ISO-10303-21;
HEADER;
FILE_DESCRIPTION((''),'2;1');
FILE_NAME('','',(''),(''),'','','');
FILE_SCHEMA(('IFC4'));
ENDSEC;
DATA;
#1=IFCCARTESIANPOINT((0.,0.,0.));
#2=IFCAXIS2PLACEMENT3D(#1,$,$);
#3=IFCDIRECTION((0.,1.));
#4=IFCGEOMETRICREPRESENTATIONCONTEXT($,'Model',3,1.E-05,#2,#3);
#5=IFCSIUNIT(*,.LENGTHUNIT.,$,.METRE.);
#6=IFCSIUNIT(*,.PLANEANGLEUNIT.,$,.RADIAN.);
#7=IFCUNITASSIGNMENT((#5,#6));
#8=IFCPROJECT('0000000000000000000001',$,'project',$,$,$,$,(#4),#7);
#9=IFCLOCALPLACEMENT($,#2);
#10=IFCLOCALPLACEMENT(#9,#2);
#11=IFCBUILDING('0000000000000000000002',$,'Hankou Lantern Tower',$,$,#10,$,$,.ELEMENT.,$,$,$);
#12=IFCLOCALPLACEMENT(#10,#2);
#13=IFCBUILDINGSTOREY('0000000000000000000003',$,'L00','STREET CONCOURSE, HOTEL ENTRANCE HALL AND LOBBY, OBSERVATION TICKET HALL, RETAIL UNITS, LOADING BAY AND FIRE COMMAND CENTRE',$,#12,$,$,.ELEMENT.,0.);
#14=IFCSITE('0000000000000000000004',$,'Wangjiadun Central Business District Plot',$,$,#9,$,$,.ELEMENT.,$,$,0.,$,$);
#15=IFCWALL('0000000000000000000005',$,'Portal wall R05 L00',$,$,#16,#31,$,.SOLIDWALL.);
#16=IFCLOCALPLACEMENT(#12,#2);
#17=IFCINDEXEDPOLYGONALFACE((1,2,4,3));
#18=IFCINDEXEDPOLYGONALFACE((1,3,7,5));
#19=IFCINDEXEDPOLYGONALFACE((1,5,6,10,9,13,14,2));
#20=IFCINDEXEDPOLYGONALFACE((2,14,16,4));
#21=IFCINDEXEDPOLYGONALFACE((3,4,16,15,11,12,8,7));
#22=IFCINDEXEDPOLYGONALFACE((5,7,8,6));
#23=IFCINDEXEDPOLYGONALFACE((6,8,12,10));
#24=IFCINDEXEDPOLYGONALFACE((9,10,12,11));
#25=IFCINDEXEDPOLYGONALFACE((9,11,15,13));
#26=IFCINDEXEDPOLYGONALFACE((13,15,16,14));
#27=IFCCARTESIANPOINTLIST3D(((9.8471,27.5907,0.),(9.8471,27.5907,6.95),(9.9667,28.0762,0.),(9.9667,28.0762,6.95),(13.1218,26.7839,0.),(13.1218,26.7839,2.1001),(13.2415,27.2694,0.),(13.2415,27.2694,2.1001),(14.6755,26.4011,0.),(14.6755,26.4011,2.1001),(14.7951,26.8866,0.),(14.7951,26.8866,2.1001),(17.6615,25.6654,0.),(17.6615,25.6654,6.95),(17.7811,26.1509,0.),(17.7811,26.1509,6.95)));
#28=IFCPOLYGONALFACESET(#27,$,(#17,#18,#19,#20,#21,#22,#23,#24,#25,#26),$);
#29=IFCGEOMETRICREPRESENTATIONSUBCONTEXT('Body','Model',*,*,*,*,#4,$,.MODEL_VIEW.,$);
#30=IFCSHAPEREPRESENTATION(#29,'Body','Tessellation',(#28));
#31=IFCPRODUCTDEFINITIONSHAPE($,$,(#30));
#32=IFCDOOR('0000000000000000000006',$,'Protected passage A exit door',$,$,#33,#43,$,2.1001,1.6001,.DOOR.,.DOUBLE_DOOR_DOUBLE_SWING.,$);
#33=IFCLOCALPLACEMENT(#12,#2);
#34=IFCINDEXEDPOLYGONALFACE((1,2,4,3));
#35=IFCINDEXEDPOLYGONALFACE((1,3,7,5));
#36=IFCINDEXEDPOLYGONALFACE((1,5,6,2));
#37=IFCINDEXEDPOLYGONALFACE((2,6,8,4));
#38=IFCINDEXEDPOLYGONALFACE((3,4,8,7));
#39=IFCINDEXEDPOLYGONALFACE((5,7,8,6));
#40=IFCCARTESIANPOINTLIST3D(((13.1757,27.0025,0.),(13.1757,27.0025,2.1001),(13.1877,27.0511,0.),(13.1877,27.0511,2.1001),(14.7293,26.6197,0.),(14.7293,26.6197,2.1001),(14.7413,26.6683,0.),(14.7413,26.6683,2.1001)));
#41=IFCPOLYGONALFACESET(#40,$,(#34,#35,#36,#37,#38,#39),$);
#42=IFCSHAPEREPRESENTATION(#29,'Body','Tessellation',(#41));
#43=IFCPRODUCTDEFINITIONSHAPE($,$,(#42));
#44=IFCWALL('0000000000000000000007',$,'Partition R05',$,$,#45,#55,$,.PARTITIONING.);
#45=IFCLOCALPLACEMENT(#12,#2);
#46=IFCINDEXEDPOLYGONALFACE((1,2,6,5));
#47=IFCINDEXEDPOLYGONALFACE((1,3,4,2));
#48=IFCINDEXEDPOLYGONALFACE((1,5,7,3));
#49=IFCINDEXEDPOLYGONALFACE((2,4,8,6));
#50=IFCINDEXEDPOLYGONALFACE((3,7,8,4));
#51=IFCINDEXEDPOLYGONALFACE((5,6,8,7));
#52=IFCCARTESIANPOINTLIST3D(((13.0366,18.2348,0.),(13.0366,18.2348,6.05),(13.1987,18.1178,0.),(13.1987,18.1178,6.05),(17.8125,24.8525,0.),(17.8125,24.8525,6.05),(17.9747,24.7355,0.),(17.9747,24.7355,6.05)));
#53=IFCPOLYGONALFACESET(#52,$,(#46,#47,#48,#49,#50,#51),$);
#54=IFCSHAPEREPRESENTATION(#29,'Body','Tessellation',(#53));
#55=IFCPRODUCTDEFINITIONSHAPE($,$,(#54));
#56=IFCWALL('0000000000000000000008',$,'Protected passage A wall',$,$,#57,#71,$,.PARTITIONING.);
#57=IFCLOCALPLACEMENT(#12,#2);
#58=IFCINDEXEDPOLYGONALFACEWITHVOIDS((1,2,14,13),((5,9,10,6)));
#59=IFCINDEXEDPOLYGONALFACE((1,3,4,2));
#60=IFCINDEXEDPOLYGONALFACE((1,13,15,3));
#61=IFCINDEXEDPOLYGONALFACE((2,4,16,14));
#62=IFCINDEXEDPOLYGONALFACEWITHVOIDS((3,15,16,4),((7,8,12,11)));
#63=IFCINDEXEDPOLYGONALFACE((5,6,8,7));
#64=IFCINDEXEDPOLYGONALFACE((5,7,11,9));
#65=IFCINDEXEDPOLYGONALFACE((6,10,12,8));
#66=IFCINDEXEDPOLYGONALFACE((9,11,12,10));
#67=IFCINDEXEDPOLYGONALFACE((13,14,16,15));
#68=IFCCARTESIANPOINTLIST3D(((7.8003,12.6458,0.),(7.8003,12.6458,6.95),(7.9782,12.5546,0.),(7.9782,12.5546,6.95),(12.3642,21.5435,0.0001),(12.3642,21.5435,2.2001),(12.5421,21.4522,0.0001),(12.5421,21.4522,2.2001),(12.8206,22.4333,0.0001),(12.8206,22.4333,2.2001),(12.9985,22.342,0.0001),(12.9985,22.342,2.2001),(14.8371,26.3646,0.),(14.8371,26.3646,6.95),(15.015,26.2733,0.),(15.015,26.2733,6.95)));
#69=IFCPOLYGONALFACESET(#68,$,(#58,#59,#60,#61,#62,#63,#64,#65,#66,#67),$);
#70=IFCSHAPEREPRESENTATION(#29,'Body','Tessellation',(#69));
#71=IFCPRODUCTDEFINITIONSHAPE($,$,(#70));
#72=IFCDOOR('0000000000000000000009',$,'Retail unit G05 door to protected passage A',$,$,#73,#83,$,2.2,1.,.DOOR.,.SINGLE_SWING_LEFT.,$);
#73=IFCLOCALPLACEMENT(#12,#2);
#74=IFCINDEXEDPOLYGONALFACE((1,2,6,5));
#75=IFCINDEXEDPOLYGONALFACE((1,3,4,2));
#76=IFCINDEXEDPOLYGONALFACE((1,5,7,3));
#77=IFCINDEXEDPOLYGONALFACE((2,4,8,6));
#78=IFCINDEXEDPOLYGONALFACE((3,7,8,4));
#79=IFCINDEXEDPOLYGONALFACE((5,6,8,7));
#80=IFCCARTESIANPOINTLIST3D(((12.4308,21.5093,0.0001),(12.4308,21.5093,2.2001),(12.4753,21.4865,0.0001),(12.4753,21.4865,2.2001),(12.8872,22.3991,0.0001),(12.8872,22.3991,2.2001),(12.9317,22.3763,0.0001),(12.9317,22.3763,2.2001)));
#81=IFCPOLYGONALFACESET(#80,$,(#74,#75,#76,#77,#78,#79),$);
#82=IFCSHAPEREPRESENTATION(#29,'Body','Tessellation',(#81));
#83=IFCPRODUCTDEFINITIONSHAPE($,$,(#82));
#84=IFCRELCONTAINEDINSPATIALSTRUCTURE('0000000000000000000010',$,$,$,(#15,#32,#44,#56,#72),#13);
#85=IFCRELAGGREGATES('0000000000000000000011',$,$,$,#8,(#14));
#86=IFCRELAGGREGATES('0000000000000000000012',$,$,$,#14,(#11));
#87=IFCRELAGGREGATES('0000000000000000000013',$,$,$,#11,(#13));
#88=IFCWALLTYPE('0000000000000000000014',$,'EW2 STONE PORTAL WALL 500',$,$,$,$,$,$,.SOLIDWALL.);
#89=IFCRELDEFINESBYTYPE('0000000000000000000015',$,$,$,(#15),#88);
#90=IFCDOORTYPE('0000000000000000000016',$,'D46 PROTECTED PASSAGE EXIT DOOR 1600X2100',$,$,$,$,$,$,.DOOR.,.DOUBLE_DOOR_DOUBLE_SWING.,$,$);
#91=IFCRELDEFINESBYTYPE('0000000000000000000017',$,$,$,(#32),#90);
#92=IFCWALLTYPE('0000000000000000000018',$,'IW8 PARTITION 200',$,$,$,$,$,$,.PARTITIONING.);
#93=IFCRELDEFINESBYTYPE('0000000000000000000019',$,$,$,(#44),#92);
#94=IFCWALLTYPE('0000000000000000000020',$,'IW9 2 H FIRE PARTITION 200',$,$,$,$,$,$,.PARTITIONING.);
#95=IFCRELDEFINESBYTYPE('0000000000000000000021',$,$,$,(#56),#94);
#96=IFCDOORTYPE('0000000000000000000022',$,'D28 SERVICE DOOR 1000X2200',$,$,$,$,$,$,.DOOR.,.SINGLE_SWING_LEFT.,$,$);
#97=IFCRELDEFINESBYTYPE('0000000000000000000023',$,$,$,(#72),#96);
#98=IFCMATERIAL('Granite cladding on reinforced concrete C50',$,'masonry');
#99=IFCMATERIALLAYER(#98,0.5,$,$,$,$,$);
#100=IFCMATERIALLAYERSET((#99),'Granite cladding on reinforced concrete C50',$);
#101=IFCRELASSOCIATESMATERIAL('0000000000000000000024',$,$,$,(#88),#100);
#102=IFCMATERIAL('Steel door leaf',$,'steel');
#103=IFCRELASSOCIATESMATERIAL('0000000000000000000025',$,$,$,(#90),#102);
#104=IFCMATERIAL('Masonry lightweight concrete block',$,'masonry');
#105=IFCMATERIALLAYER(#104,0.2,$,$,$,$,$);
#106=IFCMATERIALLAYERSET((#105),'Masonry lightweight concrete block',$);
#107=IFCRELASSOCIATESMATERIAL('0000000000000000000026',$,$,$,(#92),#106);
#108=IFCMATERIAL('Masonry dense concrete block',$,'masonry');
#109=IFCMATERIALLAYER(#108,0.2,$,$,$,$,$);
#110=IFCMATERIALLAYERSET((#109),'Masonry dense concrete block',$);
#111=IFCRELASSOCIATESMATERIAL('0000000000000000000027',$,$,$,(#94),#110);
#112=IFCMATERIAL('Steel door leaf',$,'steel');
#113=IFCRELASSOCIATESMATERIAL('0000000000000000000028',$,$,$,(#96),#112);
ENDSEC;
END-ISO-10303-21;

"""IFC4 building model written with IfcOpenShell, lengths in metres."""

from ifc_helpers import new_model, si_unit, direction, frame, frame_2d, origin, place, context, subcontext, project, spatial, rectangle, extrude, material, layer, layer_set, type_object, element, fill, save


model = new_model("IFC4")

# Units and contexts
model_context = context("Model", 3, precision=1e-05, world=origin(), true_north=direction((0.0, 1.0)))
body_context = subcontext(model_context, "Body", "Model", "MODEL_VIEW")
ifc_project = project(units=[si_unit("LENGTHUNIT", "METRE"), si_unit("PLANEANGLEUNIT", "RADIAN")], contexts=[model_context])

# Site, building, storey
site_placement = place(None, origin())
site = spatial("IfcSite", under=ifc_project, at=site_placement, Name="Wangjiadun Central Business District Plot", CompositionType="ELEMENT", RefElevation=0.0)
building_placement = place(site_placement, origin())
building = spatial("IfcBuilding", under=site, at=building_placement, Name="Hankou Lantern Tower", CompositionType="ELEMENT")
storey_placement = place(building_placement, origin())
storey = spatial("IfcBuildingStorey", under=building, at=storey_placement, Name="L00", Description="STREET CONCOURSE, HOTEL ENTRANCE HALL AND LOBBY, OBSERVATION TICKET HALL, RETAIL UNITS, LOADING BAY AND FIRE COMMAND CENTRE", CompositionType="ELEMENT", Elevation=0.0)

# Wall, opening, door
ifc_material_1 = material(Name="Granite cladding on reinforced concrete C50", Category="masonry")
ifc_layer_1 = layer(ifc_material_1, 0.5)
ifc_layer_set_1 = layer_set([ifc_layer_1], Name="Granite cladding on reinforced concrete C50")
wall_type_1 = type_object("IfcWallType", Name="EW2 STONE PORTAL WALL 500", PredefinedType="SOLIDWALL", material=ifc_layer_set_1)
wall_1_placement = place(storey_placement, frame((17.7212, 25.9082, 0.0), z_axis=(0.0, 0.0, 1.0), x_axis=(-0.970965, 0.239222, 0.0)))
wall_1 = element("IfcWall", 1, at=wall_1_placement, inside=storey, type_object=wall_type_1, Name="Portal wall R05 L00", PredefinedType="SOLIDWALL", context=body_context, shape_type="SweptSolid", body=[
    extrude(rectangle(XDim=8.0481, YDim=0.5, at=frame_2d((4.0239, 0.0))), origin(), (0.0, 0.0, 1.0), 6.95),
])
opening_1_placement = place(wall_1_placement, frame((3.0752, 0.0, 0.0)))
opening_1 = element("IfcOpeningElement", 2, at=opening_1_placement, cuts=wall_1, PredefinedType="OPENING", context=body_context, shape_type="SweptSolid", body=[
    extrude(rectangle(XDim=1.6001, YDim=2.1001, at=frame_2d((0.8, 1.05))), frame((0.0, 0.26, 0.0), z_axis=(0.0, -1.0, 0.0), x_axis=(1.0, 0.0, 0.0)), (0.0, 0.0, 1.0), 0.52),
])
ifc_material_2 = material(Name="Steel door leaf", Category="steel")
door_type_1 = type_object("IfcDoorType", Name="D46 PROTECTED PASSAGE EXIT DOOR 1600X2100", OperationType="DOUBLE_DOOR_DOUBLE_SWING", PredefinedType="DOOR", material=ifc_material_2)
door_1_placement = place(opening_1_placement, origin())
door_1 = element("IfcDoor", 3, at=door_1_placement, inside=storey, type_object=door_type_1, Name="Protected passage A exit door", OperationType="DOUBLE_DOOR_DOUBLE_SWING", OverallHeight=2.1001, OverallWidth=1.6001, PredefinedType="DOOR", context=body_context, shape_type="SweptSolid", body=[
    extrude(rectangle(XDim=1.6001, YDim=2.1001, at=frame_2d((0.8, 1.05))), frame((0.0, 0.0249, 0.0), z_axis=(0.0, -1.0, 0.0), x_axis=(1.0, 0.0, 0.0)), (0.0, 0.0, 1.0), 0.05),
])
fill(opening_1, door_1)

# Wall
ifc_material_3 = material(Name="Masonry lightweight concrete block", Category="masonry")
ifc_layer_2 = layer(ifc_material_3, 0.2)
ifc_layer_set_2 = layer_set([ifc_layer_2], Name="Masonry lightweight concrete block")
wall_type_2 = type_object("IfcWallType", Name="IW8 PARTITION 200", PredefinedType="PARTITIONING", material=ifc_layer_set_2)
wall_2_placement = place(storey_placement, frame((13.1177, 18.1763, 0.0), z_axis=(0.0, 0.0, 1.0), x_axis=(0.585204, 0.810886, 0.0)))
element("IfcWall", 4, at=wall_2_placement, inside=storey, type_object=wall_type_2, Name="Partition R05", PredefinedType="PARTITIONING", context=body_context, shape_type="SweptSolid", body=[
    extrude(rectangle(XDim=8.1611, YDim=0.2, at=frame_2d((4.0806, 0.0))), origin(), (0.0, 0.0, 1.0), 6.05),
])

# Wall, opening, door
ifc_material_4 = material(Name="Masonry dense concrete block", Category="masonry")
ifc_layer_3 = layer(ifc_material_4, 0.2)
ifc_layer_set_3 = layer_set([ifc_layer_3], Name="Masonry dense concrete block")
wall_type_3 = type_object("IfcWallType", Name="IW9 2 H FIRE PARTITION 200", PredefinedType="PARTITIONING", material=ifc_layer_set_3)
wall_3_placement = place(storey_placement, frame((14.926, 26.3188, 0.0), z_axis=(0.0, 0.0, 1.0), x_axis=(-0.456399, -0.889775, 0.0)))
wall_3 = element("IfcWall", 5, at=wall_3_placement, inside=storey, type_object=wall_type_3, Name="Protected passage A wall", PredefinedType="PARTITIONING", context=body_context, shape_type="SweptSolid", body=[
    extrude(rectangle(XDim=15.4182, YDim=0.2, at=frame_2d((7.709, 0.0))), origin(), (0.0, 0.0, 1.0), 6.95),
])
opening_2_placement = place(wall_3_placement, frame((4.4182, 0.0, 0.0)))
opening_2 = element("IfcOpeningElement", 6, at=opening_2_placement, cuts=wall_3, PredefinedType="OPENING", context=body_context, shape_type="SweptSolid", body=[
    extrude(rectangle(XDim=1.0, YDim=2.2, at=frame_2d((0.5, 1.1001))), frame((0.0, 0.1099, 0.0), z_axis=(0.0, -1.0, 0.0), x_axis=(1.0, 0.0, 0.0)), (0.0, 0.0, 1.0), 0.22),
])
ifc_material_5 = material(Name="Steel door leaf", Category="steel")
door_type_2 = type_object("IfcDoorType", Name="D28 SERVICE DOOR 1000X2200", OperationType="SINGLE_SWING_LEFT", PredefinedType="DOOR", material=ifc_material_5)
door_2_placement = place(opening_2_placement, origin())
door_2 = element("IfcDoor", 7, at=door_2_placement, inside=storey, type_object=door_type_2, Name="Retail unit G05 door to protected passage A", OperationType="SINGLE_SWING_LEFT", OverallHeight=2.2, OverallWidth=1.0, PredefinedType="DOOR", context=body_context, shape_type="SweptSolid", body=[
    extrude(rectangle(XDim=1.0, YDim=2.2, at=frame_2d((0.5, 1.1001))), frame((0.0, 0.0249, 0.0), z_axis=(0.0, -1.0, 0.0), x_axis=(1.0, 0.0, 0.0)), (0.0, 0.0, 1.0), 0.05),
])
fill(opening_2, door_2)

save(model, "model.ifc")
